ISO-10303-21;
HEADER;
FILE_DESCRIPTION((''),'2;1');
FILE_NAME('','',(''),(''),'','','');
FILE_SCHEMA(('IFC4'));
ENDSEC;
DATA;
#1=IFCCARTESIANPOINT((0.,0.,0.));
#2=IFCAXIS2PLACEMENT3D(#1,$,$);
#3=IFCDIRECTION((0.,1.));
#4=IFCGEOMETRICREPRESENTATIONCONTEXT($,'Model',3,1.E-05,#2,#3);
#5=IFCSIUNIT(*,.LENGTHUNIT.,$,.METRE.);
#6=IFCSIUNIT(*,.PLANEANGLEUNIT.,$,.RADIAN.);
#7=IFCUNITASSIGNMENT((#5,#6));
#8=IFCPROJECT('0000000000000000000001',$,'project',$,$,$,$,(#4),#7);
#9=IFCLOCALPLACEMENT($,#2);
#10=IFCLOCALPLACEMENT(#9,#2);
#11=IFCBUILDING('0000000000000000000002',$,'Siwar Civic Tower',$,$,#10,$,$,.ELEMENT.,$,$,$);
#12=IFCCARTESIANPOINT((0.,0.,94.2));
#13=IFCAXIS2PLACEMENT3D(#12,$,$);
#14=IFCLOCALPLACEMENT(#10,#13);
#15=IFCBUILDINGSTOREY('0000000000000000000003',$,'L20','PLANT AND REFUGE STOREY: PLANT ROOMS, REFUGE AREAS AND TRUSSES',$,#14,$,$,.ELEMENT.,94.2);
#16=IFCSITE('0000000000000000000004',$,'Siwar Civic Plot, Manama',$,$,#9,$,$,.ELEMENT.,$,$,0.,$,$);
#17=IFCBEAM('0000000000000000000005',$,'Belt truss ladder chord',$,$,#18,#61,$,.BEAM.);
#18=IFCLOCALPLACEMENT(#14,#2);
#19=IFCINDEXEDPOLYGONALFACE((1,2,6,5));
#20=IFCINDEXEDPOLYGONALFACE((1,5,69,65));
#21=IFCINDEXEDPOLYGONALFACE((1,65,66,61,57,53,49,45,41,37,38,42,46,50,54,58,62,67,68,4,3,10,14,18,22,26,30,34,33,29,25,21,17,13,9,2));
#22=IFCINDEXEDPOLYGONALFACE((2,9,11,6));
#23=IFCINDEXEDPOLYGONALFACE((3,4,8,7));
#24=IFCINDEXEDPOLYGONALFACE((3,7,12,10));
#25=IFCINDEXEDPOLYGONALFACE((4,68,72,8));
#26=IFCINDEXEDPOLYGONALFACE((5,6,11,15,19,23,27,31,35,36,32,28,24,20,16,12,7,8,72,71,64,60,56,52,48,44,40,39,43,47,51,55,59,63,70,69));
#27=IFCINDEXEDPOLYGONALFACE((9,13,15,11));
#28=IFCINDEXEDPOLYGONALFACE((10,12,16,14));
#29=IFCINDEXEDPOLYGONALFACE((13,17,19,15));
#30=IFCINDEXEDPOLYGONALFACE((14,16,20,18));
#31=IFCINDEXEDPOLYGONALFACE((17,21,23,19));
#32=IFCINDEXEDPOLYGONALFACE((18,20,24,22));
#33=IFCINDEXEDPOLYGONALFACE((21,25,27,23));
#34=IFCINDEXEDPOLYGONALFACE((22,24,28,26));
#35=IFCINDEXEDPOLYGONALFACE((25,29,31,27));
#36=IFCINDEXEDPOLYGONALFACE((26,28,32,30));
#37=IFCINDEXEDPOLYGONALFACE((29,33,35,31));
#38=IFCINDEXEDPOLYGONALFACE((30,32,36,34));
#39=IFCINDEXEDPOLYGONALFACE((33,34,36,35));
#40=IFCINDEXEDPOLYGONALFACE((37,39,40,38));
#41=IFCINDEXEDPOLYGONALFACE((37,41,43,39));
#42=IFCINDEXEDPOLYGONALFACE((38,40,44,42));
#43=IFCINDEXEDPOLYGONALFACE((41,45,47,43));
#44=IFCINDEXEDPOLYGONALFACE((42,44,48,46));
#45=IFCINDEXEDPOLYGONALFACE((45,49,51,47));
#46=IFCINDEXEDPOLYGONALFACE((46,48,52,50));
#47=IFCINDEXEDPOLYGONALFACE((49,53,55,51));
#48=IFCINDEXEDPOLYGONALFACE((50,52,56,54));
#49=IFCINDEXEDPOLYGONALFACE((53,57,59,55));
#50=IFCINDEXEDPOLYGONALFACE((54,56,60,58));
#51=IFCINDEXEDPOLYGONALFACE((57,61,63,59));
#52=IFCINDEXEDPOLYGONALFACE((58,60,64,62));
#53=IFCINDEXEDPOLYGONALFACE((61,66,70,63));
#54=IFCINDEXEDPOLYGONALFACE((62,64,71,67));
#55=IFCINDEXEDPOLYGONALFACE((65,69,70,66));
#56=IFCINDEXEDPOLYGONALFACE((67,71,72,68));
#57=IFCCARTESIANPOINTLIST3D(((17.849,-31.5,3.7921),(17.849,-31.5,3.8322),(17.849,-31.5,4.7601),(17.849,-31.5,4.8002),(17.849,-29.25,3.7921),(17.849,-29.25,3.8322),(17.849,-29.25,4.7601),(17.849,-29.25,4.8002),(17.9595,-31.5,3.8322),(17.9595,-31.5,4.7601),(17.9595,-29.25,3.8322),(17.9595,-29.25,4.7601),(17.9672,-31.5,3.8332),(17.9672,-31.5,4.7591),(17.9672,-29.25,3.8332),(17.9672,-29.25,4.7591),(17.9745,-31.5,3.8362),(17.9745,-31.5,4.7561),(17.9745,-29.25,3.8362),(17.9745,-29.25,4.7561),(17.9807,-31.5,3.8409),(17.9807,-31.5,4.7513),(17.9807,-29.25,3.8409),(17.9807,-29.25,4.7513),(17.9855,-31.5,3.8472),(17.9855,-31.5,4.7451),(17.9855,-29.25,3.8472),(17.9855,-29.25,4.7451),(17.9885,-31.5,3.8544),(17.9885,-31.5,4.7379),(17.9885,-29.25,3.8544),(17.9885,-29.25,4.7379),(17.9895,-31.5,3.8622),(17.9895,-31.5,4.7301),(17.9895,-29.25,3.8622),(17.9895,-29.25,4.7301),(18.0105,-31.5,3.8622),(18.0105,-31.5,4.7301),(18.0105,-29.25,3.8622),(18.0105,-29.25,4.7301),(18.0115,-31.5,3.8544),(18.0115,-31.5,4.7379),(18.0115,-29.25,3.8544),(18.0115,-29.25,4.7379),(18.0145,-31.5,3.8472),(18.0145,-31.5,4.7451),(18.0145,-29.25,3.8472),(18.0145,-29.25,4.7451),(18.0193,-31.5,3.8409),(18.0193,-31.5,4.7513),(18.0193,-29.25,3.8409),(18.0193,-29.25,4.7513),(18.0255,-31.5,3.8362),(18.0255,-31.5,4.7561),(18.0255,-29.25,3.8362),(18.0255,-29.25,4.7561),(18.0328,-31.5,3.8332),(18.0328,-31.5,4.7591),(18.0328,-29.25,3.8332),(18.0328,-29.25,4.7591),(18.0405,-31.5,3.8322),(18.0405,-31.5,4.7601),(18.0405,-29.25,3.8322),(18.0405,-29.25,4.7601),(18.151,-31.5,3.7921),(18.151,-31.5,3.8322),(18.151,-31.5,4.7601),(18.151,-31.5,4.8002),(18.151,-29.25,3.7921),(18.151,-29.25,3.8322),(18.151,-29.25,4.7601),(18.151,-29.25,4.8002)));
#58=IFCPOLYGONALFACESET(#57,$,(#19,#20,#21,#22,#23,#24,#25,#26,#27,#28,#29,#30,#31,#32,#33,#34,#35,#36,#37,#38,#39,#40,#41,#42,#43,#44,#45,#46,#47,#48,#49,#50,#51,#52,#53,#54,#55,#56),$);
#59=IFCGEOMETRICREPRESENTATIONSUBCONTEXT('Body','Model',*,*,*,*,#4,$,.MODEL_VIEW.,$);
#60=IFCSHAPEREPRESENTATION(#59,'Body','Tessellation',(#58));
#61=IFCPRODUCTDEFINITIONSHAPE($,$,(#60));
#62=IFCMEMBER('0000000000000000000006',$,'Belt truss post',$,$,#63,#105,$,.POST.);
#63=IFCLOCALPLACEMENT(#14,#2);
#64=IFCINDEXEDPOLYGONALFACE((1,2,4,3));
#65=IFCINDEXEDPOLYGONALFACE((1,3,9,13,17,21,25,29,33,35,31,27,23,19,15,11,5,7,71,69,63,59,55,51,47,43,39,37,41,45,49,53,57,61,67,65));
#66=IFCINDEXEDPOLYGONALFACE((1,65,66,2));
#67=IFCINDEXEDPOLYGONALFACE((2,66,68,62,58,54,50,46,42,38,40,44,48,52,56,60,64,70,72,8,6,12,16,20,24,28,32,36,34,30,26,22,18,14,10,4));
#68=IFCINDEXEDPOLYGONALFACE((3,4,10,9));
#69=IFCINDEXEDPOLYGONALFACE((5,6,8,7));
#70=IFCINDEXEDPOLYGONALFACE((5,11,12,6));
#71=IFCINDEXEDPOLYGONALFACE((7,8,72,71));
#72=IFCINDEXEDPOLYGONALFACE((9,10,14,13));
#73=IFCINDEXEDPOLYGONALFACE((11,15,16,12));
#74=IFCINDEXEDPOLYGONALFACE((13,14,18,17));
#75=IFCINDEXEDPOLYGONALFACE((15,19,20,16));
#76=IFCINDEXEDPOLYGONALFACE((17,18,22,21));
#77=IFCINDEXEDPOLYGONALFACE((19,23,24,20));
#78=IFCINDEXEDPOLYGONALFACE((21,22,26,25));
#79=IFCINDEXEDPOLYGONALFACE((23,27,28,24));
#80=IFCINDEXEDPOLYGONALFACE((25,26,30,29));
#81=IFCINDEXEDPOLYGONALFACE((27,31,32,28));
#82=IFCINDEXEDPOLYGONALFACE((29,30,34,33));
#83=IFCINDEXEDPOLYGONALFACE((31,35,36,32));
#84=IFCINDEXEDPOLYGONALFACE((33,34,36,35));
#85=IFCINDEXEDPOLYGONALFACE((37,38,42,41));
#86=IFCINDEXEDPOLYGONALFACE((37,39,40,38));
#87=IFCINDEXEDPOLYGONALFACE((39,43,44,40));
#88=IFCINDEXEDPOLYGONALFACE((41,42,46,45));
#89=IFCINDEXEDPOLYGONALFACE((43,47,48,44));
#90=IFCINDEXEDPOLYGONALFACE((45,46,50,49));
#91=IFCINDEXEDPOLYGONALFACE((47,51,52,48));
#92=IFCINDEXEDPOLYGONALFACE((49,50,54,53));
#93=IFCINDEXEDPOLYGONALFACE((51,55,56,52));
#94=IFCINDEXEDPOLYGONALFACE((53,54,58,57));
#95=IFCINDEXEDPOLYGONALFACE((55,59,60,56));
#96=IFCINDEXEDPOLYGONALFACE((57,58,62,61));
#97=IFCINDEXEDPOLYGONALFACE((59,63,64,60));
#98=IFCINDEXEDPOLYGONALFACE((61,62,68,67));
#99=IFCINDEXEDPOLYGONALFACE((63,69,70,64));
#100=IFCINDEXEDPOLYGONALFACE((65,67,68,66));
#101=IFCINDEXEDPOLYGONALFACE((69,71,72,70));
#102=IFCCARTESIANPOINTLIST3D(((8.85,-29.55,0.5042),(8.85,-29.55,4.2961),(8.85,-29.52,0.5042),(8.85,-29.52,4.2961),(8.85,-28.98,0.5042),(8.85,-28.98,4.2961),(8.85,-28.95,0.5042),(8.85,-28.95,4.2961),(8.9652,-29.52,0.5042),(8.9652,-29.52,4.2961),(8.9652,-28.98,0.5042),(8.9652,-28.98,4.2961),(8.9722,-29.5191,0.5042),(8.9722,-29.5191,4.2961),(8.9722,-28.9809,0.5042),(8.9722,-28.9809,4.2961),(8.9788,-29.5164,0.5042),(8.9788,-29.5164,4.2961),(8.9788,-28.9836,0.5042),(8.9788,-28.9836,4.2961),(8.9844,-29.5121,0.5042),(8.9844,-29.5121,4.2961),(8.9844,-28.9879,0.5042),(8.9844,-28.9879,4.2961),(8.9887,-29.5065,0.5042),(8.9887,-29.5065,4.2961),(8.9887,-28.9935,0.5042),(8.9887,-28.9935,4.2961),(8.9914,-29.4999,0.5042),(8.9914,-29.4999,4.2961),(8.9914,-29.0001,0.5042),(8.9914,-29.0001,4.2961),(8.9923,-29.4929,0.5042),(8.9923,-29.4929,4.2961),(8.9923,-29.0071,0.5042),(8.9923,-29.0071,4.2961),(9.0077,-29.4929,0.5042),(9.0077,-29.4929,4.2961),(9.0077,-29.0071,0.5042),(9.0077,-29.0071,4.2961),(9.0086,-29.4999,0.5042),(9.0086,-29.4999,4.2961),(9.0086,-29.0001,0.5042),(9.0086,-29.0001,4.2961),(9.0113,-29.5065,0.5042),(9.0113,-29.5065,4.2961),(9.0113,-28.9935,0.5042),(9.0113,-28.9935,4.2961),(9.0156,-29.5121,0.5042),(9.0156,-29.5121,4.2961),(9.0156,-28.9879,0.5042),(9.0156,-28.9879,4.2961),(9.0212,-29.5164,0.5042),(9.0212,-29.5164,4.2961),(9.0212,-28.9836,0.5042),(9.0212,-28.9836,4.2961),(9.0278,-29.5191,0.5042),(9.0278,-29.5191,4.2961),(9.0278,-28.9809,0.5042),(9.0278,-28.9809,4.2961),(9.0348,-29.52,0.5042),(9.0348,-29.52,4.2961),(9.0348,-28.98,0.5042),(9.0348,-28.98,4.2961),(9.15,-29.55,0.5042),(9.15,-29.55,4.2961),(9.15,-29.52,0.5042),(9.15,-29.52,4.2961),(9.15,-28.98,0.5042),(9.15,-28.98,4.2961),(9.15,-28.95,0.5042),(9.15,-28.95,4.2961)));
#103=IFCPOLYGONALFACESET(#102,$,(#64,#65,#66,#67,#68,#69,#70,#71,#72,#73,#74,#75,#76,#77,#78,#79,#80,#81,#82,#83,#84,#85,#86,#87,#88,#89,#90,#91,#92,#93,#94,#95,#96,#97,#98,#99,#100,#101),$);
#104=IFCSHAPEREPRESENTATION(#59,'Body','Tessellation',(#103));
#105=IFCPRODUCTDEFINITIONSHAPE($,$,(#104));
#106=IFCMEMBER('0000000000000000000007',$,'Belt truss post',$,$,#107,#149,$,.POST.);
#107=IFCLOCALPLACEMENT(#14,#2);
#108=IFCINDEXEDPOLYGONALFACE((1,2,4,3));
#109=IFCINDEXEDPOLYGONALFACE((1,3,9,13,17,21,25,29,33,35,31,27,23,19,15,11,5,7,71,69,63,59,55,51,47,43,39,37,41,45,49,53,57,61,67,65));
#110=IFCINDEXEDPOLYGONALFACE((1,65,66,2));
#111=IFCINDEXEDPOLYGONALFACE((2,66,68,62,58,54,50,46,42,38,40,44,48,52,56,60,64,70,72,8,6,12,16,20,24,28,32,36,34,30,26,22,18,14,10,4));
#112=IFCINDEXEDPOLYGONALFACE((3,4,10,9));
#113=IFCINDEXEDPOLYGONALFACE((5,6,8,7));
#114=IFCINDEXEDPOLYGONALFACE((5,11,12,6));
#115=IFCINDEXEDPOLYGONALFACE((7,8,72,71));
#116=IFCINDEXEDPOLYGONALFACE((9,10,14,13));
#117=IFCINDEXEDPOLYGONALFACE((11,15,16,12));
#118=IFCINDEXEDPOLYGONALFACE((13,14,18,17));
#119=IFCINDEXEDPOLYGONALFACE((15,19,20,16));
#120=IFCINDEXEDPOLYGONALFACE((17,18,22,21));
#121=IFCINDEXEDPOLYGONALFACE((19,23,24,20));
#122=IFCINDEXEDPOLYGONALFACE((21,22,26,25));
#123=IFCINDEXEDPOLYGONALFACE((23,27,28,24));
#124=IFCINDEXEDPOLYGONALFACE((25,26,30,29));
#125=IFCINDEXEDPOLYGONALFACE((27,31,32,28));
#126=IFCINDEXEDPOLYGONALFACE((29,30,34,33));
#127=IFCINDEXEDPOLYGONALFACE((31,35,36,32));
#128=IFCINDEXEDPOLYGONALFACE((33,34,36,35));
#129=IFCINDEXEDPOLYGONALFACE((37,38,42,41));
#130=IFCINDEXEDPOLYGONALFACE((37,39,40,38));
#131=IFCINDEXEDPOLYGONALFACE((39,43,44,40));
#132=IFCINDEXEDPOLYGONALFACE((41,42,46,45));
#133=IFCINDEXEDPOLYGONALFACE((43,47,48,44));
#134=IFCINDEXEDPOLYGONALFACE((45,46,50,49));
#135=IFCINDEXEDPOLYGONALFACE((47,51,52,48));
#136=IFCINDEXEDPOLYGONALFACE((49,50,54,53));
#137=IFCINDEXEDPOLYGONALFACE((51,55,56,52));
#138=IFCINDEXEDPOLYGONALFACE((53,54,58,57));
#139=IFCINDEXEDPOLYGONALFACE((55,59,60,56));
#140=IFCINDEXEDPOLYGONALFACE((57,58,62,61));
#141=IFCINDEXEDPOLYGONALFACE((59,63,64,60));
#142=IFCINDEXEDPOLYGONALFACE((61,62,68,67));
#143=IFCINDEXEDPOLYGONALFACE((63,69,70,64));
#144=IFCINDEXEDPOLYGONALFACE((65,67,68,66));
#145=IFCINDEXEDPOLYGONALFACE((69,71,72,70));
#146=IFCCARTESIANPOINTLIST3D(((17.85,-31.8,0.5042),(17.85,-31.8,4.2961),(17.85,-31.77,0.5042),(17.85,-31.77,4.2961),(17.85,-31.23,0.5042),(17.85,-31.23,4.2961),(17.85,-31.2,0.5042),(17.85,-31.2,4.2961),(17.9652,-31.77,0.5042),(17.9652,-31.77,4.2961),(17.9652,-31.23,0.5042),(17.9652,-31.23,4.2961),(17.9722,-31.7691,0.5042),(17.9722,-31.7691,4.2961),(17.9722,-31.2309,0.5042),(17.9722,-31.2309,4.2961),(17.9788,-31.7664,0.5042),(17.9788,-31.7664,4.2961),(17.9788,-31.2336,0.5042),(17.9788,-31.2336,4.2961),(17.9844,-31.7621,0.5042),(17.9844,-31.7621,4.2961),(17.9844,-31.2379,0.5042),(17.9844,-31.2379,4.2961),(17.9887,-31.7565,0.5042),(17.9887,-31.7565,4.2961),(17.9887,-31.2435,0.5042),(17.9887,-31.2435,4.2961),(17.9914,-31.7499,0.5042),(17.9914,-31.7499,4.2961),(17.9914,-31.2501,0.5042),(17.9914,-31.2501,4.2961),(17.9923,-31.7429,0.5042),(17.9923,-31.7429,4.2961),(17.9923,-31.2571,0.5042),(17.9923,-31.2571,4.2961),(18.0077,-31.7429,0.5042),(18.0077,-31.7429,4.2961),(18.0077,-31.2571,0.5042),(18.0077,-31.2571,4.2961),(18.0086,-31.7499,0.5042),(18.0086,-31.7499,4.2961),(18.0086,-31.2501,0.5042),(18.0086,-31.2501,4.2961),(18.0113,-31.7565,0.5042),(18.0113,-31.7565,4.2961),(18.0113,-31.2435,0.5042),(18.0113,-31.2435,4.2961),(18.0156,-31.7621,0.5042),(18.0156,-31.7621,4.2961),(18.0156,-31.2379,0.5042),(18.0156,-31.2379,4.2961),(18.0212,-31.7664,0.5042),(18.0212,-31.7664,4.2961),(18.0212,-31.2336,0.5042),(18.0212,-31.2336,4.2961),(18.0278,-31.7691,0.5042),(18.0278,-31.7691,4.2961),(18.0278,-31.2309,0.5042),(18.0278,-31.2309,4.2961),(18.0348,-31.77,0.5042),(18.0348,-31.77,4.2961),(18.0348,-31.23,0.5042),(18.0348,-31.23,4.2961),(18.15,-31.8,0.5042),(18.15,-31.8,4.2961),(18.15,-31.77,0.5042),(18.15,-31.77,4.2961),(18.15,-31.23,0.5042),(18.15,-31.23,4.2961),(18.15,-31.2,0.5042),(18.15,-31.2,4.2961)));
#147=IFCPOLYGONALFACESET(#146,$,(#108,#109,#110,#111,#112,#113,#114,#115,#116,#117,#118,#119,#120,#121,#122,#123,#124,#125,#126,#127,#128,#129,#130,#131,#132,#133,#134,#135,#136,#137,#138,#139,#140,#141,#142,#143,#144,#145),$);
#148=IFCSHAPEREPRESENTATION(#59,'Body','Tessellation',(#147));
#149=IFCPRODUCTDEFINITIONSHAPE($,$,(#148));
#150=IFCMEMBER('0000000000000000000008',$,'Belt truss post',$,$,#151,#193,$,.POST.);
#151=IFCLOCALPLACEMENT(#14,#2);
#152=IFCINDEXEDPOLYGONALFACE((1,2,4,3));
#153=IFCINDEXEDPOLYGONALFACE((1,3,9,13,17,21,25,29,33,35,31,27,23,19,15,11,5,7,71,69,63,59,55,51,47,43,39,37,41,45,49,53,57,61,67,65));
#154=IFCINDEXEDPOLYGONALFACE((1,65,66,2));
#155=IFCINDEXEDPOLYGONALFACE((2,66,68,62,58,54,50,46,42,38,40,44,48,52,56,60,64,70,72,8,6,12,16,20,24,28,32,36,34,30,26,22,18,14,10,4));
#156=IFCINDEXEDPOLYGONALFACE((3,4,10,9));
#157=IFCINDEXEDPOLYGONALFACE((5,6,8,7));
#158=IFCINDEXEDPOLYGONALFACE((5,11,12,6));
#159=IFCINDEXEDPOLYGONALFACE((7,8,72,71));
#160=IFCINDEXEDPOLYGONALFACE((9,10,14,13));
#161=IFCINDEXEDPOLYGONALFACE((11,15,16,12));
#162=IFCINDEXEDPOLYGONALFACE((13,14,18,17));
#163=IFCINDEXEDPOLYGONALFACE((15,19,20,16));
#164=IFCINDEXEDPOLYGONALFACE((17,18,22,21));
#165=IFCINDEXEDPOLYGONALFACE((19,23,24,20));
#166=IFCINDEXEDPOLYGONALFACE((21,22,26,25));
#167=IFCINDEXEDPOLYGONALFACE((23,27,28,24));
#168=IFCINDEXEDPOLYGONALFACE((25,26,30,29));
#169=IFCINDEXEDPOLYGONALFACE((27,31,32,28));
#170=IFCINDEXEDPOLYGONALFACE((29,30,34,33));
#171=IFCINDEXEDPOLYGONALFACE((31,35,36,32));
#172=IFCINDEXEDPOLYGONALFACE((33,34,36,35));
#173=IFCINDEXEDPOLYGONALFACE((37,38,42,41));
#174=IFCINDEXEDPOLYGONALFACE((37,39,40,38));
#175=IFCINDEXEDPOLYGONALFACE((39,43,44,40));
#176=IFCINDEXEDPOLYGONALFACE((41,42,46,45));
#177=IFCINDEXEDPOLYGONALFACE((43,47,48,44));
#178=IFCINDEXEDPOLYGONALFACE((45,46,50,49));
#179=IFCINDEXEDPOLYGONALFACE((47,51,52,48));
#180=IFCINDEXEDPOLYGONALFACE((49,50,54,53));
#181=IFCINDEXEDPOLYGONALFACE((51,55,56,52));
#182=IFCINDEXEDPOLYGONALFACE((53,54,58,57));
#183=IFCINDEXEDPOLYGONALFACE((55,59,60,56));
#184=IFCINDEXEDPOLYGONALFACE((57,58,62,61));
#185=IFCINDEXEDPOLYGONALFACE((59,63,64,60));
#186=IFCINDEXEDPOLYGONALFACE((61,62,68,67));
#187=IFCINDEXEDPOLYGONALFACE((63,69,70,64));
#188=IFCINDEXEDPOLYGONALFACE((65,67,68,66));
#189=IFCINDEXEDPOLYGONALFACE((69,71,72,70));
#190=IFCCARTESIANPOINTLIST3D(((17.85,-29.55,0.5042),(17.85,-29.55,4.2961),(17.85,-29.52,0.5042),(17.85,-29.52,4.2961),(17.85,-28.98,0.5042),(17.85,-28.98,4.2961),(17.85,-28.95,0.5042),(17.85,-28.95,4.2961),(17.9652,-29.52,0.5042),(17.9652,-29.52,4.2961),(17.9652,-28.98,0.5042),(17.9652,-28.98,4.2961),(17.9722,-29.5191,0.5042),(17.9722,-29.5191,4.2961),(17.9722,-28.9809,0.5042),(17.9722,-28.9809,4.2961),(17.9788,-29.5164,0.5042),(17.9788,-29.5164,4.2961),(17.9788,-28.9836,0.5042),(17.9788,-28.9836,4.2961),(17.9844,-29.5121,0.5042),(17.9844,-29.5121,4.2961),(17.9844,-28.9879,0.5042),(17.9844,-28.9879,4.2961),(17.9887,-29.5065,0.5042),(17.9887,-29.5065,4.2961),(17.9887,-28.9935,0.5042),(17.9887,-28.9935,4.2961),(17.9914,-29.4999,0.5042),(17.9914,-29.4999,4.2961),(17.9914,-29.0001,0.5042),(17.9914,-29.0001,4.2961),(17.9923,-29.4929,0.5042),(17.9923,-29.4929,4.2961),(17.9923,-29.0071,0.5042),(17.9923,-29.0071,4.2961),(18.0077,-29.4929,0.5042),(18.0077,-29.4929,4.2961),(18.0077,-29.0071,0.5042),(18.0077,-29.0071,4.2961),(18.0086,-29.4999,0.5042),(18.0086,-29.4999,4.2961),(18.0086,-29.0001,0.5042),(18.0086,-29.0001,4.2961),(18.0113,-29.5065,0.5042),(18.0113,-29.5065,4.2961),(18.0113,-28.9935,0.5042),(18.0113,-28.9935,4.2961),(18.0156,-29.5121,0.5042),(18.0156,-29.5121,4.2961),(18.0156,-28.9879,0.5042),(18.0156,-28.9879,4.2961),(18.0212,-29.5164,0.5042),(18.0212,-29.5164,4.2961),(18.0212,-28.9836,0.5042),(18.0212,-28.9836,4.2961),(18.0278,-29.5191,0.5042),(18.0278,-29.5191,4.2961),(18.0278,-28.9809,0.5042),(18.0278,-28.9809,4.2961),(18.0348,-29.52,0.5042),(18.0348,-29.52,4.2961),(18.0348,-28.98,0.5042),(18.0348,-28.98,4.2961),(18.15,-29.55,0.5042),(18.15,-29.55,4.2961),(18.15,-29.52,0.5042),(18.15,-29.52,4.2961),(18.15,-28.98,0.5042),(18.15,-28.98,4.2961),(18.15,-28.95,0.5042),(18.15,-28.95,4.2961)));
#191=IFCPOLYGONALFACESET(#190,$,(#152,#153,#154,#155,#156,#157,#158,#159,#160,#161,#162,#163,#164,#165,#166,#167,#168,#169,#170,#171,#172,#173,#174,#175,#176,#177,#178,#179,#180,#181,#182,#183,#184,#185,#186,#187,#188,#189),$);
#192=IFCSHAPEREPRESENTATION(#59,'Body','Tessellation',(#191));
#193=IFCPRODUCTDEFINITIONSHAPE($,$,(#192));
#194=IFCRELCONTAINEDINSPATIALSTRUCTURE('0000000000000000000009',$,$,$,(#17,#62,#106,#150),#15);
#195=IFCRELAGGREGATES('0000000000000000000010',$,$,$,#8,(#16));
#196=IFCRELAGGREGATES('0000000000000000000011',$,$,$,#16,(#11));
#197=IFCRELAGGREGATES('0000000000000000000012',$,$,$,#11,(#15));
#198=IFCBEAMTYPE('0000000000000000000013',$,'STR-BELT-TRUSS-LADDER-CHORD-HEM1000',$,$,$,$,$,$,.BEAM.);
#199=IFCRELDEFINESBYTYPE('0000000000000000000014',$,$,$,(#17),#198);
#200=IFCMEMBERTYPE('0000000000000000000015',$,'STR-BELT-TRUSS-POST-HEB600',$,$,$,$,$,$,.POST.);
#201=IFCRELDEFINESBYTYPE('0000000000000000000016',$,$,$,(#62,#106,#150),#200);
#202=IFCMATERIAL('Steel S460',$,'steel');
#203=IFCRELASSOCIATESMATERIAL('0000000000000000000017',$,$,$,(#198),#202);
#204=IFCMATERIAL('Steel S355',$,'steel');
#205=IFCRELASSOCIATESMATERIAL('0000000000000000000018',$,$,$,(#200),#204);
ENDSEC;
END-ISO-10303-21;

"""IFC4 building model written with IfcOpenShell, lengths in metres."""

from ifc_helpers import new_model, si_unit, direction, frame, origin, origin_2d, place, context, subcontext, project, spatial, i_section, extrude, material, material_profile, profile_set, type_object, element, save


model = new_model("IFC4")

# Units and contexts
model_context = context("Model", 3, precision=1e-05, world=origin(), true_north=direction((0.0, 1.0)))
body_context = subcontext(model_context, "Body", "Model", "MODEL_VIEW")
ifc_project = project(units=[si_unit("LENGTHUNIT", "METRE"), si_unit("PLANEANGLEUNIT", "RADIAN")], contexts=[model_context])

# Site, building, storey
site_placement = place(None, origin())
site = spatial("IfcSite", under=ifc_project, at=site_placement, Name="Siwar Civic Plot, Manama", CompositionType="ELEMENT", RefElevation=0.0)
building_placement = place(site_placement, origin())
building = spatial("IfcBuilding", under=site, at=building_placement, Name="Siwar Civic Tower", CompositionType="ELEMENT")
storey_placement = place(building_placement, frame((0.0, 0.0, 94.2)))
storey = spatial("IfcBuildingStorey", under=building, at=storey_placement, Name="L20", Description="PLANT AND REFUGE STOREY: PLANT ROOMS, REFUGE AREAS AND TRUSSES", CompositionType="ELEMENT", Elevation=94.2)

# Beam
ifc_material_1 = material(Name="Steel S460", Category="steel")
ifc_material_profile_1 = material_profile(ifc_material_1, i_section(OverallWidth=0.302, OverallDepth=1.0081, WebThickness=0.021, FlangeThickness=0.04, FilletRadius=0.03, at=origin_2d()), Name="HEM1000")
ifc_profile_set_1 = profile_set([ifc_material_profile_1], Name="Steel S460")
beam_type_1 = type_object("IfcBeamType", Name="STR-BELT-TRUSS-LADDER-CHORD-HEM1000", PredefinedType="BEAM", material=ifc_profile_set_1)
for number, where, z_axis, x_axis, name in (
    (1, (18.0, -29.25, 4.2961), (0.0, -1.0, 0.0), (1.0, 0.0, 0.0), "Belt truss ladder chord"),
):
    element("IfcBeam", number, at=place(storey_placement, frame(where, z_axis=z_axis, x_axis=x_axis)), inside=storey, type_object=beam_type_1, Name=name, PredefinedType="BEAM", context=body_context, shape_type="SweptSolid", body=[
        extrude(i_section(OverallWidth=0.302, OverallDepth=1.0081, WebThickness=0.021, FlangeThickness=0.04, FilletRadius=0.03, at=origin_2d()), origin(), (0.0, 0.0, 1.0), 2.25),
    ])

# Members
ifc_material_2 = material(Name="Steel S355", Category="steel")
ifc_material_profile_2 = material_profile(ifc_material_2, i_section(OverallWidth=0.3, OverallDepth=0.6001, WebThickness=0.0154, FlangeThickness=0.03, FilletRadius=0.0271, at=origin_2d()), Name="HEB600")
ifc_profile_set_2 = profile_set([ifc_material_profile_2], Name="Steel S355")
member_type_1 = type_object("IfcMemberType", Name="STR-BELT-TRUSS-POST-HEB600", PredefinedType="POST", material=ifc_profile_set_2)
for number, where, z_axis, x_axis, name in (
    (2, (9.0, -29.25, 0.5042), (0.0, 0.0, 1.0), (1.0, 0.0, 0.0), "Belt truss post"),
    (3, (18.0, -31.5, 0.5042), (0.0, 0.0, 1.0), (1.0, 0.0, 0.0), "Belt truss post"),
    (4, (18.0, -29.25, 0.5042), (0.0, 0.0, 1.0), (1.0, 0.0, 0.0), "Belt truss post"),
):
    element("IfcMember", number, at=place(storey_placement, frame(where, z_axis=z_axis, x_axis=x_axis)), inside=storey, type_object=member_type_1, Name=name, PredefinedType="POST", context=body_context, shape_type="SweptSolid", body=[
        extrude(i_section(OverallWidth=0.3, OverallDepth=0.6001, WebThickness=0.0154, FlangeThickness=0.03, FilletRadius=0.0271, at=origin_2d()), origin(), (0.0, 0.0, 1.0), 3.792),
    ])

save(model, "model.ifc")
